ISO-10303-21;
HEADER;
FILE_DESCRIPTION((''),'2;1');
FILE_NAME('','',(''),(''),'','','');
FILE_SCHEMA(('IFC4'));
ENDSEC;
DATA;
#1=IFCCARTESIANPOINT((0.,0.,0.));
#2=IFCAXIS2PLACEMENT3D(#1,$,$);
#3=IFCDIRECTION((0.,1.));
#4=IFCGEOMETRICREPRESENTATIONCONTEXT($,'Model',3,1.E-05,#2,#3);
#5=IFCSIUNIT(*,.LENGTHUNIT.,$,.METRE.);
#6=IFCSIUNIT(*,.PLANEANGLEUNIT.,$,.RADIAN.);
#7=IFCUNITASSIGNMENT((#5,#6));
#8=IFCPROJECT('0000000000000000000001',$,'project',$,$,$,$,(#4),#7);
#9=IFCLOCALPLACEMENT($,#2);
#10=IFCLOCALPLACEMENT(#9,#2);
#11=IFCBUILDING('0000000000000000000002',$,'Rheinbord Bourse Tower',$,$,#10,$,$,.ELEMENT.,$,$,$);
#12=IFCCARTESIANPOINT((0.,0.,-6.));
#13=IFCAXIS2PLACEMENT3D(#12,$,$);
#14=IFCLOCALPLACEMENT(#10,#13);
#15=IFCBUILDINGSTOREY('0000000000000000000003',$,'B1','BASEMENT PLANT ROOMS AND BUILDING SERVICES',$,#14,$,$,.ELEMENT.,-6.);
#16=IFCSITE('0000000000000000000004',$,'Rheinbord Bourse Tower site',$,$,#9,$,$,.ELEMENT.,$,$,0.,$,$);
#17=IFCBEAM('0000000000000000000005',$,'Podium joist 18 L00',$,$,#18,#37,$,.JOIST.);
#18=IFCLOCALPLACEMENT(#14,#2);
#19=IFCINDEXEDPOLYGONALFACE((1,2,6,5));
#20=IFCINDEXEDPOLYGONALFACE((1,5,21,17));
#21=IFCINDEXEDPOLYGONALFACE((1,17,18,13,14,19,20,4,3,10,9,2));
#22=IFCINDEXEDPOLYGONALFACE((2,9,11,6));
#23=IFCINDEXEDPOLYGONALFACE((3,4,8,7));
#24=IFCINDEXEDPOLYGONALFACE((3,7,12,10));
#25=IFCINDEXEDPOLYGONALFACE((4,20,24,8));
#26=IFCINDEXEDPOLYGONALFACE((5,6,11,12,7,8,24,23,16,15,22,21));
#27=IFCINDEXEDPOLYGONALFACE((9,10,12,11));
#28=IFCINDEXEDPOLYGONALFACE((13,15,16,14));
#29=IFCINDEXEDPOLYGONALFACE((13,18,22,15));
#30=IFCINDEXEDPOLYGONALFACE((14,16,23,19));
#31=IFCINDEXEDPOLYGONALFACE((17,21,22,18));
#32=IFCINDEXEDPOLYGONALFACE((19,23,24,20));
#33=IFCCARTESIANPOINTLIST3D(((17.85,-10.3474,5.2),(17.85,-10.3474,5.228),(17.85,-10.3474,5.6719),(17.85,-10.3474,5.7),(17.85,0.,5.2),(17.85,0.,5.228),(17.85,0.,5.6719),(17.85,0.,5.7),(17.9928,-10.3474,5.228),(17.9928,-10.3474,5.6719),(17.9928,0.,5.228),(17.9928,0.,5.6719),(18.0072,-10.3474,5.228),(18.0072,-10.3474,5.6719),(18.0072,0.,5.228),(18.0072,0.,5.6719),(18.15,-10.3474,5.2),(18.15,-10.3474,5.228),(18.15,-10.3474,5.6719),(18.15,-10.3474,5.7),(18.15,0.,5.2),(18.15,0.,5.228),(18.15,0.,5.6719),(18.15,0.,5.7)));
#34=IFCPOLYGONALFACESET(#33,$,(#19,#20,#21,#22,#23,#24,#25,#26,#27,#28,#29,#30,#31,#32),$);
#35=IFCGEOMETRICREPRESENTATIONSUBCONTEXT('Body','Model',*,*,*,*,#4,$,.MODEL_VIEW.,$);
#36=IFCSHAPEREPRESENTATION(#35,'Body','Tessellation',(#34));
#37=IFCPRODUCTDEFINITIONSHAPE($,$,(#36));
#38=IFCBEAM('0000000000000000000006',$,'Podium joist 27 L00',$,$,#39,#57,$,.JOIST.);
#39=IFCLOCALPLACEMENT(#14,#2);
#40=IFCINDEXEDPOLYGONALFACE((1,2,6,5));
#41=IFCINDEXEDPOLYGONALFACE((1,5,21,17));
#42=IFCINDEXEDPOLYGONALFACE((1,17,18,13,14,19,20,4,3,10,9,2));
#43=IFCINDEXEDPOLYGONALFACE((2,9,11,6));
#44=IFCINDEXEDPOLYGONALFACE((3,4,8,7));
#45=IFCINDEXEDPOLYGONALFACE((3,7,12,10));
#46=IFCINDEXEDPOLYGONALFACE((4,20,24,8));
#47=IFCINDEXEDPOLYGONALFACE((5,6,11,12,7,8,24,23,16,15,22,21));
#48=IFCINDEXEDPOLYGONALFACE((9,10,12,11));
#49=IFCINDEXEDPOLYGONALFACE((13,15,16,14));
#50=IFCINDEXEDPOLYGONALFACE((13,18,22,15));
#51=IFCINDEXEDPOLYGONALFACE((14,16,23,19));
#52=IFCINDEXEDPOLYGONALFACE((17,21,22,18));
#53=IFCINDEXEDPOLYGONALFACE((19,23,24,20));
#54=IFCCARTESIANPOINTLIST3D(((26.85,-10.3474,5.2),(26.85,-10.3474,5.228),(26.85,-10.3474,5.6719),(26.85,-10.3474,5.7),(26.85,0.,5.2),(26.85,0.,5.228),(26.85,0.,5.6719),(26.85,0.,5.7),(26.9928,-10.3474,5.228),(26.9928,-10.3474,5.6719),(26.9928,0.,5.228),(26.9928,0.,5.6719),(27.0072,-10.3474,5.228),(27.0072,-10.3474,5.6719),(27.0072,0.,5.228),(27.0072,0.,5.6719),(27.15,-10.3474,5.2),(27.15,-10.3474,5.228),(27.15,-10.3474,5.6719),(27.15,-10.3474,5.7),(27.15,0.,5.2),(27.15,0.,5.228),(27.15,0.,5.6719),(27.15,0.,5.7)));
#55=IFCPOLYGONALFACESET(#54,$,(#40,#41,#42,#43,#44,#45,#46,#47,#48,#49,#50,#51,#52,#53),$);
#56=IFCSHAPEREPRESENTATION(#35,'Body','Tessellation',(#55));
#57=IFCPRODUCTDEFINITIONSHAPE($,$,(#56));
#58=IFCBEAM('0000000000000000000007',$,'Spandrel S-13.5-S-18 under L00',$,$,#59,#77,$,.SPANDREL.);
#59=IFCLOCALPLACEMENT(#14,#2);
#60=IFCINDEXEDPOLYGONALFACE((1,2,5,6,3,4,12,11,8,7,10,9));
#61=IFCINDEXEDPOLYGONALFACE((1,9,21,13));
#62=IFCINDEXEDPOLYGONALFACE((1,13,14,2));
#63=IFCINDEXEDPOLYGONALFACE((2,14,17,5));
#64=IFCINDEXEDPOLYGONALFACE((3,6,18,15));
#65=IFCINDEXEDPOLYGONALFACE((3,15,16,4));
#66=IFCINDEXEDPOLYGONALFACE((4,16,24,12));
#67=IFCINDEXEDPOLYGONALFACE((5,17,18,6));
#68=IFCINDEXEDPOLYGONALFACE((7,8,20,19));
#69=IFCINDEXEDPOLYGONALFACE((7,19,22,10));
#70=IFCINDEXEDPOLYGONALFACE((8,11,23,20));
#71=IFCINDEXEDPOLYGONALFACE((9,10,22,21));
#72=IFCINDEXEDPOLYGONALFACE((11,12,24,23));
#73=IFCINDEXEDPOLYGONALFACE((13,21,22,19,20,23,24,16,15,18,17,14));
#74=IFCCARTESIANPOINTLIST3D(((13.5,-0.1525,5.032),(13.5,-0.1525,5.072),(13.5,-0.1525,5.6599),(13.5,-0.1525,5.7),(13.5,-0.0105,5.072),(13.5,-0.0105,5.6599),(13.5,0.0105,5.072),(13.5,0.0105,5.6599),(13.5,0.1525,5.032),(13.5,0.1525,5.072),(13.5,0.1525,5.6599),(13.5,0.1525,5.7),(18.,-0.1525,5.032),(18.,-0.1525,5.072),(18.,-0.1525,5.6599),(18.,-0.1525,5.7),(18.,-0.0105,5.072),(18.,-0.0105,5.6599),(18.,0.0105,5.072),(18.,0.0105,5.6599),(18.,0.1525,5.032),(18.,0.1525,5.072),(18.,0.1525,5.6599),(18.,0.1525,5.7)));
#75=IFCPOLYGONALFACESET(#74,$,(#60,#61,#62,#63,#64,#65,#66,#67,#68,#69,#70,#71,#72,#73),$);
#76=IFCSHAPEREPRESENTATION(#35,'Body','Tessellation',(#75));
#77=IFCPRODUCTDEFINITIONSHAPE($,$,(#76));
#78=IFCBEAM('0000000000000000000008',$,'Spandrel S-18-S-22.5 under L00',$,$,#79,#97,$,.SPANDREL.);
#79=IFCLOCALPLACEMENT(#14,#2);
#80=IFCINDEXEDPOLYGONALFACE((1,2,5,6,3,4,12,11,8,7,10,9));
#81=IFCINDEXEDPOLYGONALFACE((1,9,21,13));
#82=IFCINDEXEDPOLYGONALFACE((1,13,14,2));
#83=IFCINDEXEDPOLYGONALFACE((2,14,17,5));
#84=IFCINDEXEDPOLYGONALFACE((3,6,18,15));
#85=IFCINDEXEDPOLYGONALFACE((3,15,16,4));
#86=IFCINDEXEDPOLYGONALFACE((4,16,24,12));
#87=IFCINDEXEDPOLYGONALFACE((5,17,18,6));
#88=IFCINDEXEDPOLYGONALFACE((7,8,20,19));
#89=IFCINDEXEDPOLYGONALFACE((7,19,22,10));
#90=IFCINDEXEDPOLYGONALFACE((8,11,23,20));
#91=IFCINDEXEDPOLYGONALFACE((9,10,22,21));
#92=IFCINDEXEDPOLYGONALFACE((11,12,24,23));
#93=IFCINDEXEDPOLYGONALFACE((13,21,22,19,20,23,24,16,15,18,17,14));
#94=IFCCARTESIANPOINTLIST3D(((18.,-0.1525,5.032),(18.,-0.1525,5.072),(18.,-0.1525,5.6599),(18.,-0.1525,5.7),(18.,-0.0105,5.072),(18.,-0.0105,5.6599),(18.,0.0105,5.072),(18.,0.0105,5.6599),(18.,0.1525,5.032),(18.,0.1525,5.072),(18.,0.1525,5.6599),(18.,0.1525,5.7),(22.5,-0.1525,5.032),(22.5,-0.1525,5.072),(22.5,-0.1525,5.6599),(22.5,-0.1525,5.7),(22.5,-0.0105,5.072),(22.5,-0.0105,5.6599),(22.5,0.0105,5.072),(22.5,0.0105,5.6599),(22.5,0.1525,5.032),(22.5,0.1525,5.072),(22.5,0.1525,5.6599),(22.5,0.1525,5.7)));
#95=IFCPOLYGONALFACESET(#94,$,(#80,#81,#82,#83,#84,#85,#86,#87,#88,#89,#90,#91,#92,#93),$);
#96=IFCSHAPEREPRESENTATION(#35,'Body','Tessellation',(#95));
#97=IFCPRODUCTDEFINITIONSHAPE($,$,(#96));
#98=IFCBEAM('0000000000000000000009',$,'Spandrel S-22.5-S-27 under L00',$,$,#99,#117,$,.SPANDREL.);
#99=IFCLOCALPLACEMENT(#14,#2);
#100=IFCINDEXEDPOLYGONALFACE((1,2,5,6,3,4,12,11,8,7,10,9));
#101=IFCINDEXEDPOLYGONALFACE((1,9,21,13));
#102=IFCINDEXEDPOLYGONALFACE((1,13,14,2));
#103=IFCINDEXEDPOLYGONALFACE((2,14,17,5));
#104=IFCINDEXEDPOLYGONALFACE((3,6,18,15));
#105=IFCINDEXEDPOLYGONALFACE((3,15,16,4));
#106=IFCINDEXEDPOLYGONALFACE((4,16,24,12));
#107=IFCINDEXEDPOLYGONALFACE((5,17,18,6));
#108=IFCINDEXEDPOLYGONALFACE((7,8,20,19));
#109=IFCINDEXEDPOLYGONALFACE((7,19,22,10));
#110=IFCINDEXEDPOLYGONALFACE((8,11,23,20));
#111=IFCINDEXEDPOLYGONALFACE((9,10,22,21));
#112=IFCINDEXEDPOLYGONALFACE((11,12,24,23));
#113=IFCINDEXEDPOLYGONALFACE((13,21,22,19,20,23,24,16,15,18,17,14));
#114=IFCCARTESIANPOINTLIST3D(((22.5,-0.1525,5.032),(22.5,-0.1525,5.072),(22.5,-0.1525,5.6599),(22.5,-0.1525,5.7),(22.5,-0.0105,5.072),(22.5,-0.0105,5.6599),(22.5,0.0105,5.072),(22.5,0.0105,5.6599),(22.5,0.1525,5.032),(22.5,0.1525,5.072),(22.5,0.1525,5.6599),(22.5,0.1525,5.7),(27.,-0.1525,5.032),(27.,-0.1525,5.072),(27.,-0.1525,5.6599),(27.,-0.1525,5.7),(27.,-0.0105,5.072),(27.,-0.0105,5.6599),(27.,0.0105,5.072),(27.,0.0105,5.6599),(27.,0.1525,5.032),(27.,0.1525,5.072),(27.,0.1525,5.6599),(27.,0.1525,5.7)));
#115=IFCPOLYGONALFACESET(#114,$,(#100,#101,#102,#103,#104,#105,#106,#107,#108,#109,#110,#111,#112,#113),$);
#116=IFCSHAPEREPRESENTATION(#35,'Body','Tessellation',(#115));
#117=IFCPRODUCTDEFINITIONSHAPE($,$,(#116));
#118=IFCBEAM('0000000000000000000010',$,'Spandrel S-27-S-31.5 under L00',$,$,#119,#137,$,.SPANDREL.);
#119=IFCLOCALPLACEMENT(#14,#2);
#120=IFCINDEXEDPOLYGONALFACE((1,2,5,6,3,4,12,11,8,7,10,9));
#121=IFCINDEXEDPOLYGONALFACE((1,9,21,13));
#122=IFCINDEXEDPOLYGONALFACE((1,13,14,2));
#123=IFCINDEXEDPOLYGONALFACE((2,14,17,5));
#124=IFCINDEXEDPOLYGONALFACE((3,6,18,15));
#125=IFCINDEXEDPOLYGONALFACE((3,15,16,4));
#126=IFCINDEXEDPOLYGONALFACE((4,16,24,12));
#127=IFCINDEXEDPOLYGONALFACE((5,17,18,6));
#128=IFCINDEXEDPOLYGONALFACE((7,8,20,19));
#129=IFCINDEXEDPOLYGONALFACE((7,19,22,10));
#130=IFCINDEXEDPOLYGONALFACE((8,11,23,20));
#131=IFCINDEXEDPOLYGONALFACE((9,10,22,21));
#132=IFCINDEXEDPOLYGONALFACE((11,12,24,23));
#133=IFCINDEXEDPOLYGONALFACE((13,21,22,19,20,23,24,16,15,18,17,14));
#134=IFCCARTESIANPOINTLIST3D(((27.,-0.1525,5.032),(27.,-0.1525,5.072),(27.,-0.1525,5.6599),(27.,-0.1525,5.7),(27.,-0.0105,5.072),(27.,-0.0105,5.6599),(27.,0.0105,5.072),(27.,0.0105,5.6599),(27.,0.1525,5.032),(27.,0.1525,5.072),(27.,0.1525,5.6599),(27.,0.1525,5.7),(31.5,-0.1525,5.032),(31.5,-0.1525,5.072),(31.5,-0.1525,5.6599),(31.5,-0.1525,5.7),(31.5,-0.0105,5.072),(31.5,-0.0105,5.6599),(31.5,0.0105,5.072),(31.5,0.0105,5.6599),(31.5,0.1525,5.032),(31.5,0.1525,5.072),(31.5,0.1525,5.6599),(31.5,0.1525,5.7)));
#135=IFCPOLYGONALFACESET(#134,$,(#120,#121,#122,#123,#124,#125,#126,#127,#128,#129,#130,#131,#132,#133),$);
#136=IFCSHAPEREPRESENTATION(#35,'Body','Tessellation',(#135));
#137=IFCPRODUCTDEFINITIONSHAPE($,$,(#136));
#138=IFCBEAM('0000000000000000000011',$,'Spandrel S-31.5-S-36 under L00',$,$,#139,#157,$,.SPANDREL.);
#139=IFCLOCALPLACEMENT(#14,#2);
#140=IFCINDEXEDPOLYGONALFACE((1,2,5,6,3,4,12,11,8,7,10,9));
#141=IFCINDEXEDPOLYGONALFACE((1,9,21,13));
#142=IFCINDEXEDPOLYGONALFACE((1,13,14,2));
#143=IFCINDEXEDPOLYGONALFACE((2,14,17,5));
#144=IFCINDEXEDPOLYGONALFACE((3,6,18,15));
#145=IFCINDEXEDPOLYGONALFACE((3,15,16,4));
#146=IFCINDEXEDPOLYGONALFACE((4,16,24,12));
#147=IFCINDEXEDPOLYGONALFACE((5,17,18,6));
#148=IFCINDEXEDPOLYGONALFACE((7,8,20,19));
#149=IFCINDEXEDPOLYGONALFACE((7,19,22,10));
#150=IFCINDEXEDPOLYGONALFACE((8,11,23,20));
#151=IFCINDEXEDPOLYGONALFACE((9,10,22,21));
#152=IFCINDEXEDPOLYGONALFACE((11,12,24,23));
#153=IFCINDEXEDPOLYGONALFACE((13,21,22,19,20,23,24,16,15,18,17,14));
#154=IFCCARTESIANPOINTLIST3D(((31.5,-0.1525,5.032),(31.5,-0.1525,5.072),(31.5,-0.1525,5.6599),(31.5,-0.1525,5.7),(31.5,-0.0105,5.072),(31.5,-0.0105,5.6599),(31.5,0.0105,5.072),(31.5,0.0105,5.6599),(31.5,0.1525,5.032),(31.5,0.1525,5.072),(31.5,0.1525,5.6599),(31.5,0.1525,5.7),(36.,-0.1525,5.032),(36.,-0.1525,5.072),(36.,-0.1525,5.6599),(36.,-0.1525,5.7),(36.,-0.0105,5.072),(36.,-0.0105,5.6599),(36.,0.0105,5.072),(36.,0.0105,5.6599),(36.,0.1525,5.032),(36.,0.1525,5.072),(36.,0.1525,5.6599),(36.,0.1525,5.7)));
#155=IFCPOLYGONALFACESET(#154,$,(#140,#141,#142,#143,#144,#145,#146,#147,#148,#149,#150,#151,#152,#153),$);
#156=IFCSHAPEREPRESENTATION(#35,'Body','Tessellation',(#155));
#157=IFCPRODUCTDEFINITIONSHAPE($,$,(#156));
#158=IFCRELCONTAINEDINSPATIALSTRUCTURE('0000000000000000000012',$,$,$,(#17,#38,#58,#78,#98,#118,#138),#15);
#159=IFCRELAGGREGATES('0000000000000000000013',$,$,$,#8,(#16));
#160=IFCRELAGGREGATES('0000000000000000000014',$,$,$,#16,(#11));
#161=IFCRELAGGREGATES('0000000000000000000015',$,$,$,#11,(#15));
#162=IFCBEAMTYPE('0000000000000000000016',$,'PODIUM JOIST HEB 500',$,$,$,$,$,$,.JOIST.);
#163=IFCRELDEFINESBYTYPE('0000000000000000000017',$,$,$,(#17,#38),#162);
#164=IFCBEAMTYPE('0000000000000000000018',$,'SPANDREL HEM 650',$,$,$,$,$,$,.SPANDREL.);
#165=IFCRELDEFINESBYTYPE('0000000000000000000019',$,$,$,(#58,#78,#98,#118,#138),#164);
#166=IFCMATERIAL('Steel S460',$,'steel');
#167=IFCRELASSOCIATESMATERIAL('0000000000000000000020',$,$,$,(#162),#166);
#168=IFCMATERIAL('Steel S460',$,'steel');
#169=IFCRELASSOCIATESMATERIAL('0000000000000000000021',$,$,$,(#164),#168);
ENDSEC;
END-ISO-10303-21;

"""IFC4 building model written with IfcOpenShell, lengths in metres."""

from ifc_helpers import new_model, si_unit, direction, frame, origin, origin_2d, place, context, subcontext, project, spatial, i_section, extrude, material, material_profile, profile_set, type_object, element, save


model = new_model("IFC4")

# Units and contexts
model_context = context("Model", 3, precision=1e-05, world=origin(), true_north=direction((0.0, 1.0)))
body_context = subcontext(model_context, "Body", "Model", "MODEL_VIEW")
ifc_project = project(units=[si_unit("LENGTHUNIT", "METRE"), si_unit("PLANEANGLEUNIT", "RADIAN")], contexts=[model_context])

# Site, building, storey
site_placement = place(None, origin())
site = spatial("IfcSite", under=ifc_project, at=site_placement, Name="Rheinbord Bourse Tower site", CompositionType="ELEMENT", RefElevation=0.0)
building_placement = place(site_placement, origin())
building = spatial("IfcBuilding", under=site, at=building_placement, Name="Rheinbord Bourse Tower", CompositionType="ELEMENT")
storey_placement = place(building_placement, frame((0.0, 0.0, -6.0)))
storey = spatial("IfcBuildingStorey", under=building, at=storey_placement, Name="B1", Description="BASEMENT PLANT ROOMS AND BUILDING SERVICES", CompositionType="ELEMENT", Elevation=-6.0)

# Beams
ifc_material_1 = material(Name="Steel S460", Category="steel")
ifc_material_profile_1 = material_profile(ifc_material_1, i_section(OverallWidth=0.3, OverallDepth=0.5, WebThickness=0.0144, FlangeThickness=0.0281, at=origin_2d()), Name="HEB 500")
ifc_profile_set_1 = profile_set([ifc_material_profile_1], Name="Steel S460")
beam_type_1 = type_object("IfcBeamType", Name="PODIUM JOIST HEB 500", PredefinedType="JOIST", material=ifc_profile_set_1)
for number, where, z_axis, x_axis, name in (
    (1, (18.0, -10.3474, 5.45), (0.0, 1.0, 0.0), (-1.0, 0.0, 0.0), "Podium joist 18 L00"),
    (2, (27.0, -10.3474, 5.45), (0.0, 1.0, 0.0), (-1.0, 0.0, 0.0), "Podium joist 27 L00"),
):
    element("IfcBeam", number, at=place(storey_placement, frame(where, z_axis=z_axis, x_axis=x_axis)), inside=storey, type_object=beam_type_1, Name=name, PredefinedType="JOIST", context=body_context, shape_type="SweptSolid", body=[
        extrude(i_section(OverallWidth=0.3, OverallDepth=0.5, WebThickness=0.0144, FlangeThickness=0.0281, at=origin_2d()), origin(), (0.0, 0.0, 1.0), 10.3474),
    ])
ifc_material_2 = material(Name="Steel S460", Category="steel")
ifc_material_profile_2 = material_profile(ifc_material_2, i_section(OverallWidth=0.3049, OverallDepth=0.668, WebThickness=0.021, FlangeThickness=0.04, at=origin_2d()), Name="HEM 650")
ifc_profile_set_2 = profile_set([ifc_material_profile_2], Name="Steel S460")
beam_type_2 = type_object("IfcBeamType", Name="SPANDREL HEM 650", PredefinedType="SPANDREL", material=ifc_profile_set_2)
for number, where, z_axis, x_axis, name in (
    (3, (13.5, 0.0, 5.366), (1.0, 0.0, 0.0), (0.0, 1.0, 0.0), "Spandrel S-13.5-S-18 under L00"),
    (4, (18.0, 0.0, 5.366), (1.0, 0.0, 0.0), (0.0, 1.0, 0.0), "Spandrel S-18-S-22.5 under L00"),
    (5, (22.5, 0.0, 5.366), (1.0, 0.0, 0.0), (0.0, 1.0, 0.0), "Spandrel S-22.5-S-27 under L00"),
    (6, (27.0, 0.0, 5.366), (1.0, 0.0, 0.0), (0.0, 1.0, 0.0), "Spandrel S-27-S-31.5 under L00"),
    (7, (31.5, 0.0, 5.366), (1.0, 0.0, 0.0), (0.0, 1.0, 0.0), "Spandrel S-31.5-S-36 under L00"),
):
    element("IfcBeam", number, at=place(storey_placement, frame(where, z_axis=z_axis, x_axis=x_axis)), inside=storey, type_object=beam_type_2, Name=name, PredefinedType="SPANDREL", context=body_context, shape_type="SweptSolid", body=[
        extrude(i_section(OverallWidth=0.3049, OverallDepth=0.668, WebThickness=0.021, FlangeThickness=0.04, at=origin_2d()), origin(), (0.0, 0.0, 1.0), 4.5),
    ])

save(model, "model.ifc")
